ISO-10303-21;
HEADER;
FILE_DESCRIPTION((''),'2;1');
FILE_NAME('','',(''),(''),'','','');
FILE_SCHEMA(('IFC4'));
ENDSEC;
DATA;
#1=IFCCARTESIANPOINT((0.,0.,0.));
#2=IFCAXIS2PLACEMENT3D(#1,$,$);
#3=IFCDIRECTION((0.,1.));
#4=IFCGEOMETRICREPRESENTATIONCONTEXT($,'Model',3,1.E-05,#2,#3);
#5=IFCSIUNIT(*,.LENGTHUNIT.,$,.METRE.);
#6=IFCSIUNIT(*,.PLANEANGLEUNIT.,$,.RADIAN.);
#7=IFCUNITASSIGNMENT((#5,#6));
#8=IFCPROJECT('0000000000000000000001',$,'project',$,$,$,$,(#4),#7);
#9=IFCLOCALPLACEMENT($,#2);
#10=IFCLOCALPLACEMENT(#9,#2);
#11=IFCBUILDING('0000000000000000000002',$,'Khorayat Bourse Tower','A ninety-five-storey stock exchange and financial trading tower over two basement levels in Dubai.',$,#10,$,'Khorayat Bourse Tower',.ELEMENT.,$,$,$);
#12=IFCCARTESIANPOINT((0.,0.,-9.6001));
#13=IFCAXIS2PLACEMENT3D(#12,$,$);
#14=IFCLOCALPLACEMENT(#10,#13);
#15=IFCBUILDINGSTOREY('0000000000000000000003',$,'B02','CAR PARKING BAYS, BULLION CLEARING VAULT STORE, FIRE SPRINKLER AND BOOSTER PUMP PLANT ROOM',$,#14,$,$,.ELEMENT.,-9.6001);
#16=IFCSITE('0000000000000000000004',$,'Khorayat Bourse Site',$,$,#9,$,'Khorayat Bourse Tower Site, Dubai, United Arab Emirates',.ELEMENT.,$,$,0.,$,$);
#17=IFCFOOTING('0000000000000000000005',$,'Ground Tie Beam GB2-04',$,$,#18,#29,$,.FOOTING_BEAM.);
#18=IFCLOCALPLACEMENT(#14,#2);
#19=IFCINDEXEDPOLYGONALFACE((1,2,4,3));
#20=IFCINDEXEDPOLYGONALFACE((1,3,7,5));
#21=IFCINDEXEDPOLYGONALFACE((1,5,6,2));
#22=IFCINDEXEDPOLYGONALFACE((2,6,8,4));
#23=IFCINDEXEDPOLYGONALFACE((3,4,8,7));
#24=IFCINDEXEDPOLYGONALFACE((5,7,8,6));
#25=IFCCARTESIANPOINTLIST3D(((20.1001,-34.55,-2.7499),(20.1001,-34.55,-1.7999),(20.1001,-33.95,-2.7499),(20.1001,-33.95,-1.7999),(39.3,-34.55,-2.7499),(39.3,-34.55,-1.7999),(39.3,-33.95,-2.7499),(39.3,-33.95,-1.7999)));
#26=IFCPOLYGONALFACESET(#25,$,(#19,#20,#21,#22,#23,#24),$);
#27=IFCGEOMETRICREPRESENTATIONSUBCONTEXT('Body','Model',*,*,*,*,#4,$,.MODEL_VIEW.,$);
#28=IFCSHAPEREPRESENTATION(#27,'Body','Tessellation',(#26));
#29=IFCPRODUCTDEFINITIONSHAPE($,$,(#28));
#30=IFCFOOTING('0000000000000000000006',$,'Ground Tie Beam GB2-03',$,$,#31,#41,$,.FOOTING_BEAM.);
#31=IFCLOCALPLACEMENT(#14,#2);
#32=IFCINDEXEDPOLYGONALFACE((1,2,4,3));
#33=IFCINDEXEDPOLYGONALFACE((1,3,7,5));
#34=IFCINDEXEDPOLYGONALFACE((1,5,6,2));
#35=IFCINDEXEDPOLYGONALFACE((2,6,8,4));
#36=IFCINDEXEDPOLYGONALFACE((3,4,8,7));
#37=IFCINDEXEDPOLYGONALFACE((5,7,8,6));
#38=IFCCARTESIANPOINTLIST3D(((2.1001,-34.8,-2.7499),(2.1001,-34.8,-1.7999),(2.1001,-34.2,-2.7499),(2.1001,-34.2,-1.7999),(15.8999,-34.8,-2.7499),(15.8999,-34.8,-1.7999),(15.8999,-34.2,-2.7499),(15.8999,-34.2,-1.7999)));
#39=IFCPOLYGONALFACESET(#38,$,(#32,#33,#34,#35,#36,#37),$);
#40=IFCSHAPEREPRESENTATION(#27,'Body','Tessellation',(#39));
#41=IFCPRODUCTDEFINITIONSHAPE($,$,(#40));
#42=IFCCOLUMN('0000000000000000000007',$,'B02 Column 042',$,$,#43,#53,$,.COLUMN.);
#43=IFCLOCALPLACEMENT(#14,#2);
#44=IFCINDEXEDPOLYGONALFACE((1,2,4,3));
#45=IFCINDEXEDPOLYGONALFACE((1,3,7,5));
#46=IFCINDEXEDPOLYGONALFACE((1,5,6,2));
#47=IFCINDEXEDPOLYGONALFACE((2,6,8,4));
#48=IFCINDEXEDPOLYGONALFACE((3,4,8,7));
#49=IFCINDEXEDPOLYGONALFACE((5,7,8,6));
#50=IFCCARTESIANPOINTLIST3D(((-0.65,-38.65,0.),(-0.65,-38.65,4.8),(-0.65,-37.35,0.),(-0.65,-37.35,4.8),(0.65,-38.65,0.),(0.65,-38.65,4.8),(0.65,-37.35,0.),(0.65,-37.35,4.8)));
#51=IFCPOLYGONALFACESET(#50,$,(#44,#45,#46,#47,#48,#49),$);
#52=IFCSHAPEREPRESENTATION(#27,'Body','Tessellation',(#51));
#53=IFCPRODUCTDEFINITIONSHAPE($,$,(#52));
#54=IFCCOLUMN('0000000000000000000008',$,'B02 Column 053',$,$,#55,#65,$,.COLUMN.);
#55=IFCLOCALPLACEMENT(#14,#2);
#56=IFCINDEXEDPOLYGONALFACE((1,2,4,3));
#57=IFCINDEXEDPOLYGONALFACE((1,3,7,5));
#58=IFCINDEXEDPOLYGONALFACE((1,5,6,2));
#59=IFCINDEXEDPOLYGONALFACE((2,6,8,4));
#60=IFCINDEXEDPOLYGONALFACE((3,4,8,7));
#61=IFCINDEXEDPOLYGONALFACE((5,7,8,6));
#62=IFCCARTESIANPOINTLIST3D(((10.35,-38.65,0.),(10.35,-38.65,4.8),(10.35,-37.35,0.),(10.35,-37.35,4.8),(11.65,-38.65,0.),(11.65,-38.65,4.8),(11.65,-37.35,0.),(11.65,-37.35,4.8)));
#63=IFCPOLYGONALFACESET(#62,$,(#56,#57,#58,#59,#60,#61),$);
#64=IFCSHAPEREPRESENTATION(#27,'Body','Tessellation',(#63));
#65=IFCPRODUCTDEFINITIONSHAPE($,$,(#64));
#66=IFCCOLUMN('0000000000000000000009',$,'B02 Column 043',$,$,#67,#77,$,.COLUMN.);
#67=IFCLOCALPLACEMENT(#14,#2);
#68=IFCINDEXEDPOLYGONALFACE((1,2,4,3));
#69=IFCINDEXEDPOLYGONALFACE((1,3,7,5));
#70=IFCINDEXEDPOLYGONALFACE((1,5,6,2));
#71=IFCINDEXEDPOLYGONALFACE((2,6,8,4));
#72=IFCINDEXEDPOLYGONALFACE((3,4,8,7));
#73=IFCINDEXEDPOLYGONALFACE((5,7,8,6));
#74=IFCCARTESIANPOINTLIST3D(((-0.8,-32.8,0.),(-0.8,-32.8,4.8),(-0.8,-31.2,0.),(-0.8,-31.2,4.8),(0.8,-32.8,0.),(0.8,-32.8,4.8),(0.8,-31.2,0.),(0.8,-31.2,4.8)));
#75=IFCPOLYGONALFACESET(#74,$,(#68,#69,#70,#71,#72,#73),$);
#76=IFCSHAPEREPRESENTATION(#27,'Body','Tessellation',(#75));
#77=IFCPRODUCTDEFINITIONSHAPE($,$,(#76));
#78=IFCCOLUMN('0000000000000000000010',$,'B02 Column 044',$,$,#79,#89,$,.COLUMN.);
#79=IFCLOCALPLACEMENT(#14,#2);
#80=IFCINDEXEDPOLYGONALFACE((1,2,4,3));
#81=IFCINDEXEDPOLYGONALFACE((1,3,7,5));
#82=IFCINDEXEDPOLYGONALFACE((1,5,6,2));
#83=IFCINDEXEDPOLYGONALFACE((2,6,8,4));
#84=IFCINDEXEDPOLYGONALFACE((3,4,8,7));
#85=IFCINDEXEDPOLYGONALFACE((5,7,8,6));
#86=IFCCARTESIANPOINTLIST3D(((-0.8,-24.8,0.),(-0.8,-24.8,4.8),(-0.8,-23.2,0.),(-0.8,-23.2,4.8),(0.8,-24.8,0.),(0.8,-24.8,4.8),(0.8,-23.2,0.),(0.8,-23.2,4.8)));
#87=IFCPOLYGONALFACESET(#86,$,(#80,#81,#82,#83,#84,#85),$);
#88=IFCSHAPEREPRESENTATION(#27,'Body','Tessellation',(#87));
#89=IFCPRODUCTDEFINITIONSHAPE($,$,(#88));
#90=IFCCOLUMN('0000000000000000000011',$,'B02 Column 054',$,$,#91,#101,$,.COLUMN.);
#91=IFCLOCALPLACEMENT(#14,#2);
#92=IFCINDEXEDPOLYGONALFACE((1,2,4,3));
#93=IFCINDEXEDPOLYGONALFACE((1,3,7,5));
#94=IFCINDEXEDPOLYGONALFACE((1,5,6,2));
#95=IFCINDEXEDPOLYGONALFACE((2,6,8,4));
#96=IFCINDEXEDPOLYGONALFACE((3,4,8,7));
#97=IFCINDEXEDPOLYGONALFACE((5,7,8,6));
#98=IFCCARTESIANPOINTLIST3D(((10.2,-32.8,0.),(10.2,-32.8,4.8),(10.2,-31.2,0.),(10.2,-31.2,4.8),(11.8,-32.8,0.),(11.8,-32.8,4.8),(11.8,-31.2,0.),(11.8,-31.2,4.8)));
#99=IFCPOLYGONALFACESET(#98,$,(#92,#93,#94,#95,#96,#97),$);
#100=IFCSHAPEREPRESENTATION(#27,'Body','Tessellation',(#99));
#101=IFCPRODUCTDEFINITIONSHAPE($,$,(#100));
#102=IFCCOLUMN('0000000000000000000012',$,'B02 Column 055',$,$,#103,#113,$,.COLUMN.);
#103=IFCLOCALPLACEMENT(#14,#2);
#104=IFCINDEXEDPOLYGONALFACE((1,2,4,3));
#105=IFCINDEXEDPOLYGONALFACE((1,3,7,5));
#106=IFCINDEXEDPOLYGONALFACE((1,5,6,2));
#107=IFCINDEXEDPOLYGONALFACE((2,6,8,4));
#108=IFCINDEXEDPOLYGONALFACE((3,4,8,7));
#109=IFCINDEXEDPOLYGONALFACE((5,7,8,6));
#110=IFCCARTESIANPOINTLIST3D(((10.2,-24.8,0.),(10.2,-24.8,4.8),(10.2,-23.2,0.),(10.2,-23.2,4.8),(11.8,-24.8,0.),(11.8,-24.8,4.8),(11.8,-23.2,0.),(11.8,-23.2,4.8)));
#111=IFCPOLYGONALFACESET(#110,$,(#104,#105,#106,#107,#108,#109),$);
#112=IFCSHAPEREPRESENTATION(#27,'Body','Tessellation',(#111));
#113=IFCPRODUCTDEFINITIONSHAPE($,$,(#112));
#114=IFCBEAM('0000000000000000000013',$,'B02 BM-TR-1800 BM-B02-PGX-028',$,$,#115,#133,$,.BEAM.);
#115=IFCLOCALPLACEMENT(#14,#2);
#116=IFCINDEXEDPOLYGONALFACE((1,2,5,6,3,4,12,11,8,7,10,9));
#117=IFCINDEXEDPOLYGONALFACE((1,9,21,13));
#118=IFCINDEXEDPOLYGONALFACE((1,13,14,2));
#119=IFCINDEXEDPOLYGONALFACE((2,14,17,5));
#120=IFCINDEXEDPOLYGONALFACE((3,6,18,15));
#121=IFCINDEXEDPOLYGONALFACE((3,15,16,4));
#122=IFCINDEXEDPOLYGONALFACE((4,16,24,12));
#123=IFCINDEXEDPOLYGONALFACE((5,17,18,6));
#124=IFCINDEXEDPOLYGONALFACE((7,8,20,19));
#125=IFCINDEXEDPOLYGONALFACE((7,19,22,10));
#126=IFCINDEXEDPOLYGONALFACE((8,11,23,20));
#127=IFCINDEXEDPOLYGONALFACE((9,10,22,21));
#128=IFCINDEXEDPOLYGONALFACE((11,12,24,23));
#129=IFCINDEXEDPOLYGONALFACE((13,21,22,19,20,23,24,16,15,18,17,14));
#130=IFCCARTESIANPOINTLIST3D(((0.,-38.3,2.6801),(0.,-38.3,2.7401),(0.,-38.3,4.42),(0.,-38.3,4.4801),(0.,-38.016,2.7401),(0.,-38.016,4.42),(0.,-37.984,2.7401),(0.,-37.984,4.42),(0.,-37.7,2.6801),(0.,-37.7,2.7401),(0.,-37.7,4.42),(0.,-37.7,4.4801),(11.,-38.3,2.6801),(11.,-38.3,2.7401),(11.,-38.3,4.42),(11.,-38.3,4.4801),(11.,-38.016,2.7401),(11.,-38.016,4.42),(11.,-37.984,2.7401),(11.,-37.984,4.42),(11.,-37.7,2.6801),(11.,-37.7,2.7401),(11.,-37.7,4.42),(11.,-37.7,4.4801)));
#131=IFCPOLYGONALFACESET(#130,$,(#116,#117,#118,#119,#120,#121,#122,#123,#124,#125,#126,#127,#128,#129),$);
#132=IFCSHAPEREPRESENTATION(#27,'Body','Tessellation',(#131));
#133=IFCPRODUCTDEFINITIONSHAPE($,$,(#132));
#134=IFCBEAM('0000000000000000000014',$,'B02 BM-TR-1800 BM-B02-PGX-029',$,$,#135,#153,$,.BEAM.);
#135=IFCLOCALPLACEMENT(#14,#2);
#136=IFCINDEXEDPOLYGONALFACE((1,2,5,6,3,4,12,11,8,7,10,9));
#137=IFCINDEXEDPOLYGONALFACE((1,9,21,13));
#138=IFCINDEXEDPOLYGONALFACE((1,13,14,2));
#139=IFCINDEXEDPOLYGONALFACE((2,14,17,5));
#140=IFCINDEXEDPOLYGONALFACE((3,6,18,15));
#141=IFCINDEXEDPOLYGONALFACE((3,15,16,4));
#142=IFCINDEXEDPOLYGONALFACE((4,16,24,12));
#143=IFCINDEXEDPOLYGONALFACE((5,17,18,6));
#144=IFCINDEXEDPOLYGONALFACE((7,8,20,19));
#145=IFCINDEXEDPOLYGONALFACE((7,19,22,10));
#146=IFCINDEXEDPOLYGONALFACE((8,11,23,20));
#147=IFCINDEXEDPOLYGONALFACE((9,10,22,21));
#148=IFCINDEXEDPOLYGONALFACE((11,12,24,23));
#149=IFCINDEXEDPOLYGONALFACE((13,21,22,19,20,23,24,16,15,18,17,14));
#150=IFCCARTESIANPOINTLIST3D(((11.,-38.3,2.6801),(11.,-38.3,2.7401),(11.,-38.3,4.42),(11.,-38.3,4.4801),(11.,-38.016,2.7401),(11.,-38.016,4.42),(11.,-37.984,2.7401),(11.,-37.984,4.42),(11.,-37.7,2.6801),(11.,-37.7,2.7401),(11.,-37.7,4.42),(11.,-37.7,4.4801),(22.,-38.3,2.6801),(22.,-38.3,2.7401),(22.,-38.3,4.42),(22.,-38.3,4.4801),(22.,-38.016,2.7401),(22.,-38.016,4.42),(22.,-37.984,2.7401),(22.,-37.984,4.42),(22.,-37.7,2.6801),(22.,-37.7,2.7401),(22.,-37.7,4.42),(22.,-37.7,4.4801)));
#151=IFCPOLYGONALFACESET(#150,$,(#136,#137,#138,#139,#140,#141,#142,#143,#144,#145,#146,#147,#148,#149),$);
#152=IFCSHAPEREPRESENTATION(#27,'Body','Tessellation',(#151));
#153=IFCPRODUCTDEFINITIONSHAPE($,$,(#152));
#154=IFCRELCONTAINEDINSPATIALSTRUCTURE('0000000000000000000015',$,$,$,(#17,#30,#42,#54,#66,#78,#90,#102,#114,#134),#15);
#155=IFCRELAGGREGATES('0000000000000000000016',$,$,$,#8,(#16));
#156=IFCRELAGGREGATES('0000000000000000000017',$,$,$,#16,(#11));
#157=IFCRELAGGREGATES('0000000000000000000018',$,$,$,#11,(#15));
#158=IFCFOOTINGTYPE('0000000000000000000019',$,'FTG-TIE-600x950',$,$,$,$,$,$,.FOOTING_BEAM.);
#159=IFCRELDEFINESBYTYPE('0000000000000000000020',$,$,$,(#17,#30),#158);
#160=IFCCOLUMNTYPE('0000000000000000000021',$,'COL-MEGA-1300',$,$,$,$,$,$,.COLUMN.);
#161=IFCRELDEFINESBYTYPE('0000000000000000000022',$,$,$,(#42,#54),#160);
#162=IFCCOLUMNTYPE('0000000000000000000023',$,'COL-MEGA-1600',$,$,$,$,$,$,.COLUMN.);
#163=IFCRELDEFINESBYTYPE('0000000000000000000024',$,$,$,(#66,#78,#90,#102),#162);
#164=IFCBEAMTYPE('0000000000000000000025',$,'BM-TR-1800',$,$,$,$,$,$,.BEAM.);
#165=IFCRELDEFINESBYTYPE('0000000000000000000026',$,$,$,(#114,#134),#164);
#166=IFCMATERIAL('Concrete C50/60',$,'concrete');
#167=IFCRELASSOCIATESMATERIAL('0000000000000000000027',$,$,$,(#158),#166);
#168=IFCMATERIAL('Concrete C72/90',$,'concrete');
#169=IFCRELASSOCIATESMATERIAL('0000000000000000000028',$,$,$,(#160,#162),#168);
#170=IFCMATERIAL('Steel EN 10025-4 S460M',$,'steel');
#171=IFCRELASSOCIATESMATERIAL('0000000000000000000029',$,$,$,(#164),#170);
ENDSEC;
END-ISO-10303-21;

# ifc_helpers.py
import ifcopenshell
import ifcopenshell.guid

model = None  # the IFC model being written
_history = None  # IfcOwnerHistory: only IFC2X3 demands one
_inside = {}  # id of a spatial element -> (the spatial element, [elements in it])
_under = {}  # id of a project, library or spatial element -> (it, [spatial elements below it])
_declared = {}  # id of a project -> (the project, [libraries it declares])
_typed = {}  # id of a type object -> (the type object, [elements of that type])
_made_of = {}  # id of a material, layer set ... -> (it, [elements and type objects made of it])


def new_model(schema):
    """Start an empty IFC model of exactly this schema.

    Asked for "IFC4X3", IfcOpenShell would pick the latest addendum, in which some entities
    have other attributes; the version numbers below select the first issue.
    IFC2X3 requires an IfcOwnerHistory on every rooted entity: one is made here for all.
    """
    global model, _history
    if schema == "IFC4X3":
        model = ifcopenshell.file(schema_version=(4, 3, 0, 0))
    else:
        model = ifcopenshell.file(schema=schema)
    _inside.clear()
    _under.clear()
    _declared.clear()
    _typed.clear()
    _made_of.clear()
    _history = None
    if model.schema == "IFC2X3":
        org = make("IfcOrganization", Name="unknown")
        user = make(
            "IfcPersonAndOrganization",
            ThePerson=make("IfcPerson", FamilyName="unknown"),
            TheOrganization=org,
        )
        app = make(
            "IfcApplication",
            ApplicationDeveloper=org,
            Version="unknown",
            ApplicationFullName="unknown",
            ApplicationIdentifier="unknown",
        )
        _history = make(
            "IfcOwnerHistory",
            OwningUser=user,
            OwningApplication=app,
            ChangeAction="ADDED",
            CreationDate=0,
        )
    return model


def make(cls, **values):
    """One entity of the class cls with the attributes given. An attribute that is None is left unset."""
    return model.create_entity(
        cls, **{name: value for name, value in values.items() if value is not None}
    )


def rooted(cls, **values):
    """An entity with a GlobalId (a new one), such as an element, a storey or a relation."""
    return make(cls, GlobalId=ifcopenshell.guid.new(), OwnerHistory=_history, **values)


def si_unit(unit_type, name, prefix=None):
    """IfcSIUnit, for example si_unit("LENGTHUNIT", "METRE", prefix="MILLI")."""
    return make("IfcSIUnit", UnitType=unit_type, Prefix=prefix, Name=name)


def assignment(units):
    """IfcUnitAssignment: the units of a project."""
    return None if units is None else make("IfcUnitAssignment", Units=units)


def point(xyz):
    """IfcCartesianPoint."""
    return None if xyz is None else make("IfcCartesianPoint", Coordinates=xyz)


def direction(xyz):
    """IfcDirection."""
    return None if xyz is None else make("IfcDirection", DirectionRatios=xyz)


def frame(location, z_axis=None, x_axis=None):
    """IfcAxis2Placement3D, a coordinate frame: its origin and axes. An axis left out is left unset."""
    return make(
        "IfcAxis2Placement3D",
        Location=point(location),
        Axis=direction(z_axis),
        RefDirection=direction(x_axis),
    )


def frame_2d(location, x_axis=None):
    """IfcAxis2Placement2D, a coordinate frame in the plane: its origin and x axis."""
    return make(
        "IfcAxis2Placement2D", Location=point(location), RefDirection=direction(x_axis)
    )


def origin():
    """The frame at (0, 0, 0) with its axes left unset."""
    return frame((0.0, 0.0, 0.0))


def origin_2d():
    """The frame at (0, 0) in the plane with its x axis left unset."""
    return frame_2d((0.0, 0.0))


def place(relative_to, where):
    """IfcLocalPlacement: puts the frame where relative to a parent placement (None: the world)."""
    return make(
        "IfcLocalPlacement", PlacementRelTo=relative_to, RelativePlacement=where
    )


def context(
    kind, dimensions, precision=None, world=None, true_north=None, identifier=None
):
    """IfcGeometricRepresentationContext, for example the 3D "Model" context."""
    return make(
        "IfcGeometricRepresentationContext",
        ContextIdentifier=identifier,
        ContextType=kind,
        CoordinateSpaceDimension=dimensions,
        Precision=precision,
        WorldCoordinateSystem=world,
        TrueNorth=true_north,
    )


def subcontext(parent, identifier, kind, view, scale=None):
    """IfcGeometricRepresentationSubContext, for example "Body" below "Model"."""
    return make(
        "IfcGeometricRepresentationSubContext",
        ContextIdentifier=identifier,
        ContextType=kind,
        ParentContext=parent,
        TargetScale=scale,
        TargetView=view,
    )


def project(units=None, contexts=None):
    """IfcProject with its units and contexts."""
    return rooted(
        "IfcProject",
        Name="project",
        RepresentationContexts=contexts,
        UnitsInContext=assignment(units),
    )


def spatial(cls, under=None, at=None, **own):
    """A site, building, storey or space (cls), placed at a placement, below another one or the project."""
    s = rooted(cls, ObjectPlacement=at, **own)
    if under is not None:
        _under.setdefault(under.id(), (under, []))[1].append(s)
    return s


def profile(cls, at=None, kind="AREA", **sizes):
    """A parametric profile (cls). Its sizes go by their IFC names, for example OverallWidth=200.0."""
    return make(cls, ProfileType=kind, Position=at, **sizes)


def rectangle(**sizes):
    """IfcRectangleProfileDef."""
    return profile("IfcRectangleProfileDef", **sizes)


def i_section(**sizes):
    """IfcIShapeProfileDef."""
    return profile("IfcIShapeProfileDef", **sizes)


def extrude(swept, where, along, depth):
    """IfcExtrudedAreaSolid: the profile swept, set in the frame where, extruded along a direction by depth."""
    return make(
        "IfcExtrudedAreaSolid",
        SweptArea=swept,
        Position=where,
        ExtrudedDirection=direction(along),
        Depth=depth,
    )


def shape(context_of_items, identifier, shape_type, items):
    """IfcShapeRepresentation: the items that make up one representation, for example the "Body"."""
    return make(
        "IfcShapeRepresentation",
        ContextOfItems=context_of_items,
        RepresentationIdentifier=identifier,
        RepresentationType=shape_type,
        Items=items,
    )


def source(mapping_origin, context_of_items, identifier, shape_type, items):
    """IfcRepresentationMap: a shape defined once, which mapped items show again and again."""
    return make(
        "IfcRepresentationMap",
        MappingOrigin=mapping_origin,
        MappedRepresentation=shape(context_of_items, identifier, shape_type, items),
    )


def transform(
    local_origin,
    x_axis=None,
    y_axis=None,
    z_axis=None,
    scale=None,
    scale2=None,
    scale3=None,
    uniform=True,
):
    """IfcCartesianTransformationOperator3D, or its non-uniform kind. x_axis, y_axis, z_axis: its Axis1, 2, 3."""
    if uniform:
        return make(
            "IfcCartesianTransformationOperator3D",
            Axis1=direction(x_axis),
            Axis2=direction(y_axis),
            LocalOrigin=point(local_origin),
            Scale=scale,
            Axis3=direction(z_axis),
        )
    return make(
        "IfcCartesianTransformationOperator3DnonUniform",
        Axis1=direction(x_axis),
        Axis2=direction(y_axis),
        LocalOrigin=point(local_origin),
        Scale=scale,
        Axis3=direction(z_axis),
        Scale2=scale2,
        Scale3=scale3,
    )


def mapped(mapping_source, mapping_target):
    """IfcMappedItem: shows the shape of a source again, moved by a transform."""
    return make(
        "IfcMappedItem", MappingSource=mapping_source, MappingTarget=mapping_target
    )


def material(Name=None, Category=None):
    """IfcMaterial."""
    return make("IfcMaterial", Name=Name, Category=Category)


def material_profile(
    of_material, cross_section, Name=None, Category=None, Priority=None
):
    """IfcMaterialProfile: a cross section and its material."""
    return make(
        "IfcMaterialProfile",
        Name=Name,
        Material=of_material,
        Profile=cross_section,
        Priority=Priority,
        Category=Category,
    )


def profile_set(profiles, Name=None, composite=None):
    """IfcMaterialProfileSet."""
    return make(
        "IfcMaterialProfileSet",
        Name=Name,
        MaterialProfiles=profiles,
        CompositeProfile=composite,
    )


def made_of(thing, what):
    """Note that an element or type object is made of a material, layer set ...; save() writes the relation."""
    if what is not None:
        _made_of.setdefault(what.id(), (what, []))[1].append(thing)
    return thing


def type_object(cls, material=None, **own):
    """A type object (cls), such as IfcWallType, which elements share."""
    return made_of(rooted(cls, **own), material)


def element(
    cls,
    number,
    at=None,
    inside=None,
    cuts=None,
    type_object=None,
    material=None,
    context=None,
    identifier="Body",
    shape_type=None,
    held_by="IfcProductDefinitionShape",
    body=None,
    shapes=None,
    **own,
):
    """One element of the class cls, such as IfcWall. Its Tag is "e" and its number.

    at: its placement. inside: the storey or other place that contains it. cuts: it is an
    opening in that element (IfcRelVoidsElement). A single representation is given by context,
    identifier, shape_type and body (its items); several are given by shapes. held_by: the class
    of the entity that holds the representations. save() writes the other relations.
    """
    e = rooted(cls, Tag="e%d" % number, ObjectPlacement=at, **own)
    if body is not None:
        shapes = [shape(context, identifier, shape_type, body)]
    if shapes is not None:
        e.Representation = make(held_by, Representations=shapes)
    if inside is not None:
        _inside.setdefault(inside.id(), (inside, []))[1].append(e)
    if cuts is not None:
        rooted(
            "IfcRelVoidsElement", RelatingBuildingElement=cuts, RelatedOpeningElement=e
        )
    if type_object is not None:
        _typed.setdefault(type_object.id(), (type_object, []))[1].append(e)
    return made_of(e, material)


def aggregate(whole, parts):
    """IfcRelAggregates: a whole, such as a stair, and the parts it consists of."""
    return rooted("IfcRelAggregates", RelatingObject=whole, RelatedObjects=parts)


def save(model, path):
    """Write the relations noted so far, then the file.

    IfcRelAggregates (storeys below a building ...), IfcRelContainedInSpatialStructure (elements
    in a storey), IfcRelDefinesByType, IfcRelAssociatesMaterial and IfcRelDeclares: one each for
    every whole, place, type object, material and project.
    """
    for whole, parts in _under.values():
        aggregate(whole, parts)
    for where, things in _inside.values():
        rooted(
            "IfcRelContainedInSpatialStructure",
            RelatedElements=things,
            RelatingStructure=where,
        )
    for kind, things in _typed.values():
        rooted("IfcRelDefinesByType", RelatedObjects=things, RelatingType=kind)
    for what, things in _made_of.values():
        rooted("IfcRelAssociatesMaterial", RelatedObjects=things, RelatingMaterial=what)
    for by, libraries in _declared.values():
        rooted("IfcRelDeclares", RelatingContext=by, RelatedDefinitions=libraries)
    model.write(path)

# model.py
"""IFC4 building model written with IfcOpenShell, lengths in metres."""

from ifc_helpers import new_model, si_unit, direction, frame, origin, origin_2d, place, context, subcontext, project, spatial, rectangle, i_section, extrude, source, transform, mapped, material, material_profile, profile_set, type_object, element, save


model = new_model("IFC4")

# Units and contexts
model_context = context("Model", 3, precision=1e-05, world=origin(), true_north=direction((0.0, 1.0)))
body_context = subcontext(model_context, "Body", "Model", "MODEL_VIEW")
ifc_project = project(units=[si_unit("LENGTHUNIT", "METRE"), si_unit("PLANEANGLEUNIT", "RADIAN")], contexts=[model_context])

# Site, building, storey
site_placement = place(None, origin())
site = spatial("IfcSite", under=ifc_project, at=site_placement, Name="Khorayat Bourse Site", LongName="Khorayat Bourse Tower Site, Dubai, United Arab Emirates", CompositionType="ELEMENT", RefElevation=0.0)
building_placement = place(site_placement, origin())
building = spatial("IfcBuilding", under=site, at=building_placement, Name="Khorayat Bourse Tower", Description="A ninety-five-storey stock exchange and financial trading tower over two basement levels in Dubai.", LongName="Khorayat Bourse Tower", CompositionType="ELEMENT")
storey_placement = place(building_placement, frame((0.0, 0.0, -9.6001)))
storey = spatial("IfcBuildingStorey", under=building, at=storey_placement, Name="B02", Description="CAR PARKING BAYS, BULLION CLEARING VAULT STORE, FIRE SPRINKLER AND BOOSTER PUMP PLANT ROOM", CompositionType="ELEMENT", Elevation=-9.6001)

# Shared definitions
ifc_material_1 = material(Name="Concrete C50/60", Category="concrete")

# Footings
ifc_material_profile_1 = material_profile(ifc_material_1, rectangle(XDim=0.6001, YDim=0.95, at=origin_2d()), Name="RC 600x950")
ifc_profile_set_1 = profile_set([ifc_material_profile_1], Name="Concrete C50/60")
footing_type_1 = type_object("IfcFootingType", Name="FTG-TIE-600x950", PredefinedType="FOOTING_BEAM", material=ifc_profile_set_1)
shared_shape_1 = source(origin(), body_context, "Body", "SweptSolid", [
    extrude(rectangle(XDim=0.6001, YDim=0.95, at=origin_2d()), origin(), (0.0, 0.0, 1.0), 19.2),
])
footing_1_placement = place(storey_placement, frame((20.1001, -34.25, -2.2749), z_axis=(1.0, 0.0, 0.0), x_axis=(0.0, 1.0, 0.0)))
element("IfcFooting", 1, at=footing_1_placement, inside=storey, type_object=footing_type_1, Name="Ground Tie Beam GB2-04", PredefinedType="FOOTING_BEAM", context=body_context, shape_type="MappedRepresentation", body=[
    mapped(shared_shape_1, transform((0.0, 0.0, 0.0), scale=1.0)),
])
shared_shape_2 = source(origin(), body_context, "Body", "SweptSolid", [
    extrude(rectangle(XDim=0.6001, YDim=0.95, at=origin_2d()), origin(), (0.0, 0.0, 1.0), 13.7998),
])
footing_2_placement = place(storey_placement, frame((2.1001, -34.5, -2.2749), z_axis=(1.0, 0.0, 0.0), x_axis=(0.0, 1.0, 0.0)))
element("IfcFooting", 2, at=footing_2_placement, inside=storey, type_object=footing_type_1, Name="Ground Tie Beam GB2-03", PredefinedType="FOOTING_BEAM", context=body_context, shape_type="MappedRepresentation", body=[
    mapped(shared_shape_2, transform((0.0, 0.0, 0.0), scale=1.0)),
])

# Columns
ifc_material_2 = material(Name="Concrete C72/90", Category="concrete")
ifc_material_profile_2 = material_profile(ifc_material_2, rectangle(XDim=1.3, YDim=1.3, at=origin_2d()), Name="RC 1300x1300")
ifc_profile_set_2 = profile_set([ifc_material_profile_2], Name="Concrete C72/90")
column_type_1 = type_object("IfcColumnType", Name="COL-MEGA-1300", PredefinedType="COLUMN", material=ifc_profile_set_2)
shared_shape_3 = source(origin(), body_context, "Body", "SweptSolid", [
    extrude(rectangle(XDim=1.3, YDim=1.3, at=origin_2d()), origin(), (0.0, 0.0, 1.0), 4.8),
])
for number, where, z_axis, x_axis, name in (
    (3, (0.0, -38.0, 0.0), (0.0, 0.0, 1.0), (1.0, 0.0, 0.0), "B02 Column 042"),
    (4, (11.0, -38.0, 0.0), (0.0, 0.0, 1.0), (1.0, 0.0, 0.0), "B02 Column 053"),
):
    element("IfcColumn", number, at=place(storey_placement, frame(where, z_axis=z_axis, x_axis=x_axis)), inside=storey, type_object=column_type_1, Name=name, PredefinedType="COLUMN", context=body_context, shape_type="MappedRepresentation", body=[
        mapped(shared_shape_3, transform((0.0, 0.0, 0.0), scale=1.0)),
    ])
ifc_material_profile_3 = material_profile(ifc_material_2, rectangle(XDim=1.6001, YDim=1.6001, at=origin_2d()), Name="RC 1600x1600")
ifc_profile_set_3 = profile_set([ifc_material_profile_3], Name="Concrete C72/90")
column_type_2 = type_object("IfcColumnType", Name="COL-MEGA-1600", PredefinedType="COLUMN", material=ifc_profile_set_3)
shared_shape_4 = source(origin(), body_context, "Body", "SweptSolid", [
    extrude(rectangle(XDim=1.6001, YDim=1.6001, at=origin_2d()), origin(), (0.0, 0.0, 1.0), 4.8),
])
for number, where, z_axis, x_axis, name in (
    (5, (0.0, -32.0, 0.0), (0.0, 0.0, 1.0), (1.0, 0.0, 0.0), "B02 Column 043"),
    (6, (0.0, -24.0, 0.0), (0.0, 0.0, 1.0), (1.0, 0.0, 0.0), "B02 Column 044"),
    (7, (11.0, -32.0, 0.0), (0.0, 0.0, 1.0), (1.0, 0.0, 0.0), "B02 Column 054"),
    (8, (11.0, -24.0, 0.0), (0.0, 0.0, 1.0), (1.0, 0.0, 0.0), "B02 Column 055"),
):
    element("IfcColumn", number, at=place(storey_placement, frame(where, z_axis=z_axis, x_axis=x_axis)), inside=storey, type_object=column_type_2, Name=name, PredefinedType="COLUMN", context=body_context, shape_type="MappedRepresentation", body=[
        mapped(shared_shape_4, transform((0.0, 0.0, 0.0), scale=1.0)),
    ])

# Beams
ifc_material_3 = material(Name="Steel EN 10025-4 S460M", Category="steel")
ifc_material_profile_4 = material_profile(ifc_material_3, i_section(OverallWidth=0.6001, OverallDepth=1.8, WebThickness=0.032, FlangeThickness=0.0601, at=origin_2d()), Name="PG 1800x600x32x60")
ifc_profile_set_4 = profile_set([ifc_material_profile_4], Name="Steel EN 10025-4 S460M")
beam_type_1 = type_object("IfcBeamType", Name="BM-TR-1800", PredefinedType="BEAM", material=ifc_profile_set_4)
shared_shape_5 = source(origin(), body_context, "Body", "SweptSolid", [
    extrude(i_section(OverallWidth=0.6001, OverallDepth=1.8, WebThickness=0.032, FlangeThickness=0.0601, at=origin_2d()), origin(), (0.0, 0.0, 1.0), 11.0),
])
for number, where, z_axis, x_axis, name in (
    (9, (0.0, -38.0, 3.5801), (1.0, 0.0, 0.0), (0.0, 1.0, 0.0), "B02 BM-TR-1800 BM-B02-PGX-028"),
    (10, (11.0, -38.0, 3.5801), (1.0, 0.0, 0.0), (0.0, 1.0, 0.0), "B02 BM-TR-1800 BM-B02-PGX-029"),
):
    element("IfcBeam", number, at=place(storey_placement, frame(where, z_axis=z_axis, x_axis=x_axis)), inside=storey, type_object=beam_type_1, Name=name, PredefinedType="BEAM", context=body_context, shape_type="MappedRepresentation", body=[
        mapped(shared_shape_5, transform((0.0, 0.0, 0.0), scale=1.0)),
    ])

save(model, "model.ifc")
